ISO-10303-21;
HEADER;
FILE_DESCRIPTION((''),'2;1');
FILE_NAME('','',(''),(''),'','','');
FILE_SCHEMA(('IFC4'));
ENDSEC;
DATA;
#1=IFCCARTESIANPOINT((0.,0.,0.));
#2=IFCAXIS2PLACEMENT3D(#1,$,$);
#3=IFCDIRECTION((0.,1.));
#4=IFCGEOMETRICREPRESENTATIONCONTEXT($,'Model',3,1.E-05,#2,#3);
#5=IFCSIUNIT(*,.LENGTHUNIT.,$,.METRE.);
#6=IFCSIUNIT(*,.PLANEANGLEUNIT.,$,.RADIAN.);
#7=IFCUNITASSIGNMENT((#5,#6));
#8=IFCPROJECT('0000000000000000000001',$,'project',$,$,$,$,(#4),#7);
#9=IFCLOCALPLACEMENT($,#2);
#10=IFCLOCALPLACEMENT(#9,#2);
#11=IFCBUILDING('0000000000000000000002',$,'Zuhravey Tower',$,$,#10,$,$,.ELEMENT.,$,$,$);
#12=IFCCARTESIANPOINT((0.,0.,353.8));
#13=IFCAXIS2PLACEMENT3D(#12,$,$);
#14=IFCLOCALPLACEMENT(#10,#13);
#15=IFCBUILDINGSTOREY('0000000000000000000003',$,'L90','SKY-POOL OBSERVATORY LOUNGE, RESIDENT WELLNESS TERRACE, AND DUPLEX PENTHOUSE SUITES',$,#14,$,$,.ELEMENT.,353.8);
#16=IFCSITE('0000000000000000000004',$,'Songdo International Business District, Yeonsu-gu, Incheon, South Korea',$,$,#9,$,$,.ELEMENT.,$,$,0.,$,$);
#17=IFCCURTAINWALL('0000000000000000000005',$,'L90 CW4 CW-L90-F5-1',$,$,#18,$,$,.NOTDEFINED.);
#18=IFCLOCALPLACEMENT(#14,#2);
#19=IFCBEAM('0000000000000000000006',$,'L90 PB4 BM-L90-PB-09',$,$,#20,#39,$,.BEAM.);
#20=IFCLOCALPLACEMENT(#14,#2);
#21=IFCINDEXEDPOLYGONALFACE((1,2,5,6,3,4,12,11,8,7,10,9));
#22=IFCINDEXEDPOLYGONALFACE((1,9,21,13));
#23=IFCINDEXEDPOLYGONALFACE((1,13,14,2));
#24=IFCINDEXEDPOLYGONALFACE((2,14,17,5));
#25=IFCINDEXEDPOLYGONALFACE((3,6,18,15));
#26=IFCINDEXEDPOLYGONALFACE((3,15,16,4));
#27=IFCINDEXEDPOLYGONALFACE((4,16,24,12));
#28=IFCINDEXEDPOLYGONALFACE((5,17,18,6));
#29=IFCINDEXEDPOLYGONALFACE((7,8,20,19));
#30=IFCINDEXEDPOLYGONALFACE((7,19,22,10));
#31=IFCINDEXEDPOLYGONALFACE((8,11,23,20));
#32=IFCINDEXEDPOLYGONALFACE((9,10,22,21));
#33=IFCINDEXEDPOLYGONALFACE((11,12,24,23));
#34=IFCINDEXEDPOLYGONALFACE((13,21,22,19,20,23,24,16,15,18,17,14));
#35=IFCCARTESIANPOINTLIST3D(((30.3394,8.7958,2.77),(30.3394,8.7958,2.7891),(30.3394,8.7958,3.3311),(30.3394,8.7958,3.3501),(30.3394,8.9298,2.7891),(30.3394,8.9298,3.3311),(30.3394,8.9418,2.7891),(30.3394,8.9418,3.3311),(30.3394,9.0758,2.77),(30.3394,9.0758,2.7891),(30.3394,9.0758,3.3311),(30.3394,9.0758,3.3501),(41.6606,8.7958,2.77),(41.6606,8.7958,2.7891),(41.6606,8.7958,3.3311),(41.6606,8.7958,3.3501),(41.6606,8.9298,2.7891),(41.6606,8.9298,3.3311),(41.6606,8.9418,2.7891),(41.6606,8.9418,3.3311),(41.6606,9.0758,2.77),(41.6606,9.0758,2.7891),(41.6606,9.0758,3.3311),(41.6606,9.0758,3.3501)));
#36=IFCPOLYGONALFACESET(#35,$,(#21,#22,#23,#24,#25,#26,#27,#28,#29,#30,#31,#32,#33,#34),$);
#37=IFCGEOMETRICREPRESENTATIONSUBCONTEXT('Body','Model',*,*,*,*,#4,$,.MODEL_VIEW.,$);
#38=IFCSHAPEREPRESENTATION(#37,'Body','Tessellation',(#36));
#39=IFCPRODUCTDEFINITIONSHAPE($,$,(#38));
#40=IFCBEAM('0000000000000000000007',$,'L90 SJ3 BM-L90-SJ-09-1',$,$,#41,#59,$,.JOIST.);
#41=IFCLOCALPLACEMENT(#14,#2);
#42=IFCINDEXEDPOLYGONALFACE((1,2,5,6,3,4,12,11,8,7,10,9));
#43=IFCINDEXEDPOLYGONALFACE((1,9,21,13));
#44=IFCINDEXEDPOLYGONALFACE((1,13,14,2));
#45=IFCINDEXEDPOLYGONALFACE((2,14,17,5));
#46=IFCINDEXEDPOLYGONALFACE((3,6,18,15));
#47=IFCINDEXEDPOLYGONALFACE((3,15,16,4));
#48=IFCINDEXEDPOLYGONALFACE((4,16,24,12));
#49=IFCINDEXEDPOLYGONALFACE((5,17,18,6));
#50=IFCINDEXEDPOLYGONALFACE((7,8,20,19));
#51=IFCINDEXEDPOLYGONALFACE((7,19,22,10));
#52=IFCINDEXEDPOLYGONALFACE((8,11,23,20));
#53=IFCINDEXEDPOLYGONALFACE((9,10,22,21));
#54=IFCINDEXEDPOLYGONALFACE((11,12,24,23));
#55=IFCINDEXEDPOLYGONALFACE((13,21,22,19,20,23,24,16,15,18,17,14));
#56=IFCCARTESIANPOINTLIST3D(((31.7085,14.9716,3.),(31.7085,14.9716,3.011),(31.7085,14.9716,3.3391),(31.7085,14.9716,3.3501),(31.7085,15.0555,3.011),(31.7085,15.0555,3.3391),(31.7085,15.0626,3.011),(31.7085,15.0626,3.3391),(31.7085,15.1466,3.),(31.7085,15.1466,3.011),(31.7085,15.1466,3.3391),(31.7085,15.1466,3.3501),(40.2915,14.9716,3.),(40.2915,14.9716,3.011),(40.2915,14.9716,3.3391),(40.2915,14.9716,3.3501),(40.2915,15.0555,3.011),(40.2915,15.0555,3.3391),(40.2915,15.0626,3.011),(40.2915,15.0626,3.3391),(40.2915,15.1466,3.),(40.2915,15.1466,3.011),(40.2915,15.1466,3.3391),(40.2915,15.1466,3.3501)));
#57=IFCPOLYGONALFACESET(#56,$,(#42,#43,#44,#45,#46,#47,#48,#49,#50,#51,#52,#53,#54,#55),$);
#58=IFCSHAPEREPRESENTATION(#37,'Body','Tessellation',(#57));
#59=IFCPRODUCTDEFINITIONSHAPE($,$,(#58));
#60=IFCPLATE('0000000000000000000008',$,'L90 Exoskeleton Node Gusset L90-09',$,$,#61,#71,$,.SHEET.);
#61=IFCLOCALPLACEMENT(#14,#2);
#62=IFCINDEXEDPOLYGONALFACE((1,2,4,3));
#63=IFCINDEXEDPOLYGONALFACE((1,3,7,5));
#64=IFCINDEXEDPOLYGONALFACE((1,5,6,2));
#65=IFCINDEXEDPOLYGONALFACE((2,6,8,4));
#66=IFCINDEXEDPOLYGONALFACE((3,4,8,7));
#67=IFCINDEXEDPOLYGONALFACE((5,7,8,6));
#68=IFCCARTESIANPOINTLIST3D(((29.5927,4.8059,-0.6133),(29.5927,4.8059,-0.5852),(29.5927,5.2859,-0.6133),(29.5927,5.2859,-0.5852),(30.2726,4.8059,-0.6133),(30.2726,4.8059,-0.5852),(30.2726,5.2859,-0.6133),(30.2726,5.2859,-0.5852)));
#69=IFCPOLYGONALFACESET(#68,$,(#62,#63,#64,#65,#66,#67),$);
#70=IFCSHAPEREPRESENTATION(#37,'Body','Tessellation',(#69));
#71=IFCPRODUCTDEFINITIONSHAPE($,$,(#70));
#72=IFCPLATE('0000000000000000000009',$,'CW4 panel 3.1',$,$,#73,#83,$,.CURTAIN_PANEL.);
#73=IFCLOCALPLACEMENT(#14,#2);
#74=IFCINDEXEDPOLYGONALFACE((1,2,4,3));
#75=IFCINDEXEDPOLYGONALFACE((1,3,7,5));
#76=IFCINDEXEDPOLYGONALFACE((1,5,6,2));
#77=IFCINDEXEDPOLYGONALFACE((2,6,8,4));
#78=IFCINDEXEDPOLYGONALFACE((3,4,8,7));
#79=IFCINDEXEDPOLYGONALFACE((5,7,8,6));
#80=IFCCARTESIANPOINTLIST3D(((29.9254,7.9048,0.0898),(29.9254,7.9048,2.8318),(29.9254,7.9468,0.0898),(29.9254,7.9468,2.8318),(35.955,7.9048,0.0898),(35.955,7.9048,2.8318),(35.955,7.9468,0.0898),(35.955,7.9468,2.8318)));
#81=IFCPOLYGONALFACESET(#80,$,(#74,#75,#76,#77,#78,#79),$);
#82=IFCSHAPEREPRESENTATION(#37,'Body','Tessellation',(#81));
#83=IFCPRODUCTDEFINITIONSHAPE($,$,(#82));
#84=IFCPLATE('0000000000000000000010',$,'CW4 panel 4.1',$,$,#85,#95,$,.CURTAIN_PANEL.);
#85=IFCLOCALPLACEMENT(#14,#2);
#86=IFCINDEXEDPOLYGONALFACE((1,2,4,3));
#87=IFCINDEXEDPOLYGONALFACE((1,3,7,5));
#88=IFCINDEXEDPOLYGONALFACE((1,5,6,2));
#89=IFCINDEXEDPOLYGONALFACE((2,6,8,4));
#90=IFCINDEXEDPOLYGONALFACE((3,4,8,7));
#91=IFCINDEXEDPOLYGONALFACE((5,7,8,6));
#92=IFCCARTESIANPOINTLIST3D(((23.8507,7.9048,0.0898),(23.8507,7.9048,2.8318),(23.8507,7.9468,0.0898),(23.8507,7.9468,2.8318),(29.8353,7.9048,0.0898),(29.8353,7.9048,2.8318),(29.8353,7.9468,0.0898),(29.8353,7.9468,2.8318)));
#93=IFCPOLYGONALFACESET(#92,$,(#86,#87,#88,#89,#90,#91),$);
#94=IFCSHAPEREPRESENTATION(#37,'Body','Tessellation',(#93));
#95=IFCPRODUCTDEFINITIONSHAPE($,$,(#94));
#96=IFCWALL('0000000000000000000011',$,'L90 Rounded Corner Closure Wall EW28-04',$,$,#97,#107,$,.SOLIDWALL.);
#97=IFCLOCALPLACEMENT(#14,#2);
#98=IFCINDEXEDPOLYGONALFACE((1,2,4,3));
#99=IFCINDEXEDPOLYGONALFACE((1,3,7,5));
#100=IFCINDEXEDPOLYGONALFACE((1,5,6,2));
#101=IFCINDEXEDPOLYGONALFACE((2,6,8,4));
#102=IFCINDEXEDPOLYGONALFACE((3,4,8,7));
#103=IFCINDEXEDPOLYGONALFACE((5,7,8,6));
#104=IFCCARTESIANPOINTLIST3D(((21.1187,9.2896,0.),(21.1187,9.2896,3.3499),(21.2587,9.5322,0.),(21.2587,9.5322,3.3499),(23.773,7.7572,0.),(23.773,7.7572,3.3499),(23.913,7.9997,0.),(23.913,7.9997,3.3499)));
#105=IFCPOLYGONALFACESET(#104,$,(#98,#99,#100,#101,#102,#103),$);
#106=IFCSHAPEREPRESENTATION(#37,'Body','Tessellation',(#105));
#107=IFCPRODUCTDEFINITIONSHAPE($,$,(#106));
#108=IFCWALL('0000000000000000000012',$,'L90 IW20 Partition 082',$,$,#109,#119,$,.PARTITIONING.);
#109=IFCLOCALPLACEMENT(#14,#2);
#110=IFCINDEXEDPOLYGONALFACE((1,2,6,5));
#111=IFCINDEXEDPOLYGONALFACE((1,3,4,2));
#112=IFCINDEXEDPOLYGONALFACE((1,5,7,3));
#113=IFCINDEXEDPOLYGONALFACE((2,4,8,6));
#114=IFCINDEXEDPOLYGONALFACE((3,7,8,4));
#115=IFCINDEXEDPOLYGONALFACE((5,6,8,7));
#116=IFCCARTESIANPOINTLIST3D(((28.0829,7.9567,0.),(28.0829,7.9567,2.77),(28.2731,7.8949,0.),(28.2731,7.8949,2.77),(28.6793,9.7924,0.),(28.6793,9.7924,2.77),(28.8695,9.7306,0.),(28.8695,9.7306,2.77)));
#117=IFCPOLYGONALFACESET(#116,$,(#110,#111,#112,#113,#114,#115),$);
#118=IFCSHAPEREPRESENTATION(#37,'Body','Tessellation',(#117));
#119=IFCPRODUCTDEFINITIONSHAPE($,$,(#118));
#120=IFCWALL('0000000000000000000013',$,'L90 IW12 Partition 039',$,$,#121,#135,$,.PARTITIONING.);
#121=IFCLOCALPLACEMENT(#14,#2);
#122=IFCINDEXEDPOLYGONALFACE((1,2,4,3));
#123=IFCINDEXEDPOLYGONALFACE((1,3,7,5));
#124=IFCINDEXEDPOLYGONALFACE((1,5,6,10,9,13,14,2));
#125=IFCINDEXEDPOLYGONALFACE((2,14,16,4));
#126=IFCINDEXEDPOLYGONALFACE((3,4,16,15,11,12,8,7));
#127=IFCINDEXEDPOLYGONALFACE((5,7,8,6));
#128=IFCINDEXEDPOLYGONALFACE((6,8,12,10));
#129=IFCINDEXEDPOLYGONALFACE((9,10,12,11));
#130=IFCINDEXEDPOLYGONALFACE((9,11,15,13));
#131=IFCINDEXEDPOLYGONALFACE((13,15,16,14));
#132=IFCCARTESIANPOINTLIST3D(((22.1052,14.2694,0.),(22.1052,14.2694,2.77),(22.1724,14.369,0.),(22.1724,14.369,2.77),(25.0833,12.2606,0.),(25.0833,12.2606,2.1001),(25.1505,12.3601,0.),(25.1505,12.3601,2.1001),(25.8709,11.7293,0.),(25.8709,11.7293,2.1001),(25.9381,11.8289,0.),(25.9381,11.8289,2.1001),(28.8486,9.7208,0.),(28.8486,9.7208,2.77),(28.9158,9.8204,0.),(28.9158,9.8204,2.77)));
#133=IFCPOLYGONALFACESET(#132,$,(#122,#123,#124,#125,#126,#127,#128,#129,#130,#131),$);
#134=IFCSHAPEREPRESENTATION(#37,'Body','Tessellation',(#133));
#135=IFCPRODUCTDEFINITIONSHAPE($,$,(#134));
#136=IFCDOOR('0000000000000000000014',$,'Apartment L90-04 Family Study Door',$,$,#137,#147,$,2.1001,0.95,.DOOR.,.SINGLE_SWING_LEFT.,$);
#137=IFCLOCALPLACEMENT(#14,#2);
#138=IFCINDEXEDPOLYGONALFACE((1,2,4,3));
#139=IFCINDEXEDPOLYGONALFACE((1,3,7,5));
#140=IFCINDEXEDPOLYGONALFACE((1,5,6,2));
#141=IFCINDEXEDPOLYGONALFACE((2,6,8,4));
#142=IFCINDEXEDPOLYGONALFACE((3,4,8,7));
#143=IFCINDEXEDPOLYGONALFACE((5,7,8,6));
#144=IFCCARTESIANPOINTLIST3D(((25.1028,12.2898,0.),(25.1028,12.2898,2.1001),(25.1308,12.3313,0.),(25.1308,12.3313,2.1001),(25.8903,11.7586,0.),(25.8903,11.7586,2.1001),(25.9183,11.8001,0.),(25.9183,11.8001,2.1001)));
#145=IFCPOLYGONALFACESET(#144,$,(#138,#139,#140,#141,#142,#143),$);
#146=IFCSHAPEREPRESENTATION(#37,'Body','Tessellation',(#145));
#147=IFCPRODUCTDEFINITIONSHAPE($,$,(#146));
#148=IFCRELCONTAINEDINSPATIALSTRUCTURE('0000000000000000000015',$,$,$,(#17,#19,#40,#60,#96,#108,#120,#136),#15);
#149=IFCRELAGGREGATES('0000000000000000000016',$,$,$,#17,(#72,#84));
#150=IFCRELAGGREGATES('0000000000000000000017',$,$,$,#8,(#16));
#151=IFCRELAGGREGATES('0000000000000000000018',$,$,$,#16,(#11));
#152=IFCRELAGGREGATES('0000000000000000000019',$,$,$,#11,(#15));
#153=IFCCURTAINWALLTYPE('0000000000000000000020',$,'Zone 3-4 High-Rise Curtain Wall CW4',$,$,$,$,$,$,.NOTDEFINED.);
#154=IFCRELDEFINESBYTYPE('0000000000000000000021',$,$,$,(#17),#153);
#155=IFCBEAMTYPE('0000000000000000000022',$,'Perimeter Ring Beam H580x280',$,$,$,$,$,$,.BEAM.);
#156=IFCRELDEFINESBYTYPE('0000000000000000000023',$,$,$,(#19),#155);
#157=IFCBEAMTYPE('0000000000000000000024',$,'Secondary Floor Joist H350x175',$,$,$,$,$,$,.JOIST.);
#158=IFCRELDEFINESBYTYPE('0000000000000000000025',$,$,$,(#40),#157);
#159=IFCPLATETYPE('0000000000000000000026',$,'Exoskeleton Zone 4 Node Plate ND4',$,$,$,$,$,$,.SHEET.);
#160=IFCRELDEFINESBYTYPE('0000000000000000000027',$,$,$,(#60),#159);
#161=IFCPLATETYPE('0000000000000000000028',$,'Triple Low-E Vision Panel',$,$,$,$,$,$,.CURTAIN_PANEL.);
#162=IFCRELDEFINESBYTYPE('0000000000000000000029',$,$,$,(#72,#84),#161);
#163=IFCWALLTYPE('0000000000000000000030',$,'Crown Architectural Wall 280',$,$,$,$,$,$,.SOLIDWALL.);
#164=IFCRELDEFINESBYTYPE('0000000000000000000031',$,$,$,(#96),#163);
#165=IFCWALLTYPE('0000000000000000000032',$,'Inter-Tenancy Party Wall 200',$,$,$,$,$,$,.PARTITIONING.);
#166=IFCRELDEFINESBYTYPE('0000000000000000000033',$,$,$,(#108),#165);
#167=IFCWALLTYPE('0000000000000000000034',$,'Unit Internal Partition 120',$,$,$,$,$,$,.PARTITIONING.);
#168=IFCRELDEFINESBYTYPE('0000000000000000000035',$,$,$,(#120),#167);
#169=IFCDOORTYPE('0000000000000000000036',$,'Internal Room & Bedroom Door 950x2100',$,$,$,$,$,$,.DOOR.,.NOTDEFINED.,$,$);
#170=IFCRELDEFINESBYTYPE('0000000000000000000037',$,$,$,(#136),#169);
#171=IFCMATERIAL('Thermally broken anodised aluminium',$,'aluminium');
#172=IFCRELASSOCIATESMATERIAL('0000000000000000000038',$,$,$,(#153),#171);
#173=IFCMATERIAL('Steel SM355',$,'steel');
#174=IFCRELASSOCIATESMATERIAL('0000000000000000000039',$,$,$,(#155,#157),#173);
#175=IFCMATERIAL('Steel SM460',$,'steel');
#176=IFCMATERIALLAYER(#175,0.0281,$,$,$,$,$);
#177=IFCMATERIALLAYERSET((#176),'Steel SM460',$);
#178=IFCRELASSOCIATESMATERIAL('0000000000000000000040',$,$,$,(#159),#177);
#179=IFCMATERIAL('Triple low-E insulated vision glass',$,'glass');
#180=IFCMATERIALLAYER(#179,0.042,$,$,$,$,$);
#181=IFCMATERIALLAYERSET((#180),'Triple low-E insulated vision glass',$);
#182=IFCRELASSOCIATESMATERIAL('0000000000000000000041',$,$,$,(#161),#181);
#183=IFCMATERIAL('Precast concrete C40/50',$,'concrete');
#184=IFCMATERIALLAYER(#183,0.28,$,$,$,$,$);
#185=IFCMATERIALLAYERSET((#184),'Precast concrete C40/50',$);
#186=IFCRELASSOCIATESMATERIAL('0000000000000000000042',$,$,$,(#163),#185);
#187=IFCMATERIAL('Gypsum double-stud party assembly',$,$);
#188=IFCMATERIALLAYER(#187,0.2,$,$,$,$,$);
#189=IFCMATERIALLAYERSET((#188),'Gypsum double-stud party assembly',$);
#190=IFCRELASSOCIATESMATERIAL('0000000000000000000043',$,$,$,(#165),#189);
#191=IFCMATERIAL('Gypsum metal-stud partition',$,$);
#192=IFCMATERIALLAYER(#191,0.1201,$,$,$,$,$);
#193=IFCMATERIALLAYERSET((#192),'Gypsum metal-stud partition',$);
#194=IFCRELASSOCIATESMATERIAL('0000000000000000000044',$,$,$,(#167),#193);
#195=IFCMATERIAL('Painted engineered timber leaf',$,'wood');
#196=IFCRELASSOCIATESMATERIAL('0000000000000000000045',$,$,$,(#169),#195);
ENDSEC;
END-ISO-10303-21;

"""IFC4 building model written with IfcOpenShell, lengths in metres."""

from ifc_helpers import new_model, si_unit, direction, frame, frame_2d, origin, origin_2d, place, context, subcontext, project, spatial, rectangle, i_section, extrude, material, layer, layer_set, material_profile, profile_set, type_object, element, fill, aggregate, save


model = new_model("IFC4")

# Units and contexts
model_context = context("Model", 3, precision=1e-05, world=origin(), true_north=direction((0.0, 1.0)))
body_context = subcontext(model_context, "Body", "Model", "MODEL_VIEW")
ifc_project = project(units=[si_unit("LENGTHUNIT", "METRE"), si_unit("PLANEANGLEUNIT", "RADIAN")], contexts=[model_context])

# Site, building, storey
site_placement = place(None, origin())
site = spatial("IfcSite", under=ifc_project, at=site_placement, Name="Songdo International Business District, Yeonsu-gu, Incheon, South Korea", CompositionType="ELEMENT", RefElevation=0.0)
building_placement = place(site_placement, origin())
building = spatial("IfcBuilding", under=site, at=building_placement, Name="Zuhravey Tower", CompositionType="ELEMENT")
storey_placement = place(building_placement, frame((0.0, 0.0, 353.8)))
storey = spatial("IfcBuildingStorey", under=building, at=storey_placement, Name="L90", Description="SKY-POOL OBSERVATORY LOUNGE, RESIDENT WELLNESS TERRACE, AND DUPLEX PENTHOUSE SUITES", CompositionType="ELEMENT", Elevation=353.8)

# Curtain wall
ifc_material_1 = material(Name="Thermally broken anodised aluminium", Category="aluminium")
curtain_wall_type = type_object("IfcCurtainWallType", Name="Zone 3-4 High-Rise Curtain Wall CW4", PredefinedType="NOTDEFINED", material=ifc_material_1)
curtain_wall_1_placement = place(storey_placement, origin())
curtain_wall_1 = element("IfcCurtainWall", 1, at=curtain_wall_1_placement, inside=storey, type_object=curtain_wall_type, Name="L90 CW4 CW-L90-F5-1", PredefinedType="NOTDEFINED")

# Shared definitions
ifc_material_2 = material(Name="Steel SM460", Category="steel")

# Shared definitions
ifc_material_3 = material(Name="Steel SM355", Category="steel")

# Beams
ifc_material_profile_1 = material_profile(ifc_material_3, i_section(OverallWidth=0.28, OverallDepth=0.5801, WebThickness=0.012, FlangeThickness=0.019, at=origin_2d()), Name="H-580x280x12x19")
ifc_profile_set_1 = profile_set([ifc_material_profile_1], Name="Steel SM355")
beam_type_1 = type_object("IfcBeamType", Name="Perimeter Ring Beam H580x280", PredefinedType="BEAM", material=ifc_profile_set_1)
beam_1_placement = place(storey_placement, frame((30.3394, 8.9358, 3.0601), z_axis=(1.0, 0.0, 0.0), x_axis=(0.0, 1.0, 0.0)))
element("IfcBeam", 2, at=beam_1_placement, inside=storey, type_object=beam_type_1, Name="L90 PB4 BM-L90-PB-09", PredefinedType="BEAM", context=body_context, shape_type="SweptSolid", body=[
    extrude(i_section(OverallWidth=0.28, OverallDepth=0.5801, WebThickness=0.012, FlangeThickness=0.019, at=origin_2d()), origin(), (0.0, 0.0, 1.0), 11.3213),
])
ifc_material_profile_2 = material_profile(ifc_material_3, i_section(OverallWidth=0.175, OverallDepth=0.3501, WebThickness=0.0071, FlangeThickness=0.011, at=origin_2d()), Name="H-350x175x7x11")
ifc_profile_set_2 = profile_set([ifc_material_profile_2], Name="Steel SM355")
beam_type_2 = type_object("IfcBeamType", Name="Secondary Floor Joist H350x175", PredefinedType="JOIST", material=ifc_profile_set_2)
beam_2_placement = place(storey_placement, frame((31.7085, 15.0591, 3.175), z_axis=(1.0, 0.0, 0.0), x_axis=(0.0, 1.0, 0.0)))
element("IfcBeam", 3, at=beam_2_placement, inside=storey, type_object=beam_type_2, Name="L90 SJ3 BM-L90-SJ-09-1", PredefinedType="JOIST", context=body_context, shape_type="SweptSolid", body=[
    extrude(i_section(OverallWidth=0.175, OverallDepth=0.3501, WebThickness=0.0071, FlangeThickness=0.011, at=origin_2d()), origin(), (0.0, 0.0, 1.0), 8.583),
])

# Plates
ifc_layer_1 = layer(ifc_material_2, 0.0281)
ifc_layer_set_1 = layer_set([ifc_layer_1], Name="Steel SM460")
plate_type_1 = type_object("IfcPlateType", Name="Exoskeleton Zone 4 Node Plate ND4", PredefinedType="SHEET", material=ifc_layer_set_1)
plate_1_placement = place(storey_placement, frame((29.9326, 5.0459, -0.6133), z_axis=(0.0, 0.0, 1.0), x_axis=(1.0, 0.0, 0.0)))
element("IfcPlate", 4, at=plate_1_placement, inside=storey, type_object=plate_type_1, Name="L90 Exoskeleton Node Gusset L90-09", PredefinedType="SHEET", context=body_context, shape_type="SweptSolid", body=[
    extrude(rectangle(XDim=0.6799, YDim=0.48, at=origin_2d()), origin(), (0.0, 0.0, 1.0), 0.0281),
])
ifc_material_4 = material(Name="Triple low-E insulated vision glass", Category="glass")
ifc_layer_2 = layer(ifc_material_4, 0.042)
ifc_layer_set_2 = layer_set([ifc_layer_2], Name="Triple low-E insulated vision glass")
plate_type_2 = type_object("IfcPlateType", Name="Triple Low-E Vision Panel", PredefinedType="CURTAIN_PANEL", material=ifc_layer_set_2)
plate_2_placement = place(storey_placement, frame((32.9402, 7.9258, 0.0898), z_axis=(0.0, 0.0, 1.0), x_axis=(-1.0, 0.0, 0.0)))
plate_2 = element("IfcPlate", 5, at=plate_2_placement, type_object=plate_type_2, Name="CW4 panel 3.1", PredefinedType="CURTAIN_PANEL", context=body_context, shape_type="SweptSolid", body=[
    extrude(rectangle(XDim=6.0295, YDim=0.042, at=origin_2d()), origin(), (0.0, 0.0, 1.0), 2.7419),
])
plate_3_placement = place(storey_placement, frame((26.843, 7.9258, 0.0898), z_axis=(0.0, 0.0, 1.0), x_axis=(-1.0, 0.0, 0.0)))
plate_3 = element("IfcPlate", 6, at=plate_3_placement, type_object=plate_type_2, Name="CW4 panel 4.1", PredefinedType="CURTAIN_PANEL", context=body_context, shape_type="SweptSolid", body=[
    extrude(rectangle(XDim=5.9846, YDim=0.042, at=origin_2d()), origin(), (0.0, 0.0, 1.0), 2.7419),
])
aggregate(curtain_wall_1, [plate_2, plate_3])

# Walls
ifc_material_5 = material(Name="Precast concrete C40/50", Category="concrete")
ifc_layer_3 = layer(ifc_material_5, 0.28)
ifc_layer_set_3 = layer_set([ifc_layer_3], Name="Precast concrete C40/50")
wall_type_1 = type_object("IfcWallType", Name="Crown Architectural Wall 280", PredefinedType="SOLIDWALL", material=ifc_layer_set_3)
wall_1_placement = place(storey_placement, frame((23.843, 7.8784, 0.0), z_axis=(0.0, 0.0, 1.0), x_axis=(-0.866024, 0.500003, 0.0)))
element("IfcWall", 7, at=wall_1_placement, inside=storey, type_object=wall_type_1, Name="L90 Rounded Corner Closure Wall EW28-04", PredefinedType="SOLIDWALL", context=body_context, shape_type="SweptSolid", body=[
    extrude(rectangle(XDim=3.0649, YDim=0.28, at=frame_2d((1.5325, 0.0))), origin(), (0.0, 0.0, 1.0), 3.3499),
])
ifc_material_6 = material(Name="Gypsum double-stud party assembly")
ifc_layer_4 = layer(ifc_material_6, 0.2)
ifc_layer_set_4 = layer_set([ifc_layer_4], Name="Gypsum double-stud party assembly")
wall_type_2 = type_object("IfcWallType", Name="Inter-Tenancy Party Wall 200", PredefinedType="PARTITIONING", material=ifc_layer_set_4)
wall_2_placement = place(storey_placement, frame((28.7744, 9.7615, 0.0), z_axis=(0.0, 0.0, 1.0), x_axis=(-0.309009, -0.951059, 0.0)))
element("IfcWall", 8, at=wall_2_placement, inside=storey, type_object=wall_type_2, Name="L90 IW20 Partition 082", PredefinedType="PARTITIONING", context=body_context, shape_type="SweptSolid", body=[
    extrude(rectangle(XDim=1.9302, YDim=0.2, at=frame_2d((0.9651, 0.0))), origin(), (0.0, 0.0, 1.0), 2.77),
])

# Wall, opening, door
ifc_material_7 = material(Name="Gypsum metal-stud partition")
ifc_layer_5 = layer(ifc_material_7, 0.1201)
ifc_layer_set_5 = layer_set([ifc_layer_5], Name="Gypsum metal-stud partition")
wall_type_3 = type_object("IfcWallType", Name="Unit Internal Partition 120", PredefinedType="PARTITIONING", material=ifc_layer_set_5)
wall_3_placement = place(storey_placement, frame((22.1389, 14.3191, 0.0), z_axis=(0.0, 0.0, 1.0), x_axis=(0.829032, -0.559201, 0.0)))
wall_3 = element("IfcWall", 9, at=wall_3_placement, inside=storey, type_object=wall_type_3, Name="L90 IW12 Partition 039", PredefinedType="PARTITIONING", context=body_context, shape_type="SweptSolid", body=[
    extrude(rectangle(XDim=8.134, YDim=0.1201, at=frame_2d((4.0669, 0.0))), origin(), (0.0, 0.0, 1.0), 2.77),
])
opening_1_placement = place(wall_3_placement, frame((3.592, 0.0, 0.0)))
opening_1 = element("IfcOpeningElement", 10, at=opening_1_placement, cuts=wall_3, PredefinedType="OPENING", context=body_context, shape_type="SweptSolid", body=[
    extrude(rectangle(XDim=0.95, YDim=2.1001, at=frame_2d((0.4751, 1.05))), frame((0.0, 0.072, 0.0), z_axis=(0.0, -1.0, 0.0), x_axis=(1.0, 0.0, 0.0)), (0.0, 0.0, 1.0), 0.144),
])
ifc_material_8 = material(Name="Painted engineered timber leaf", Category="wood")
door_type = type_object("IfcDoorType", Name="Internal Room & Bedroom Door 950x2100", OperationType="NOTDEFINED", PredefinedType="DOOR", material=ifc_material_8)
door_1_placement = place(opening_1_placement, frame((0.95, 0.0, 0.0), z_axis=(0.0, 0.0, 1.0), x_axis=(-1.0, 0.0, 0.0)))
door_1 = element("IfcDoor", 11, at=door_1_placement, inside=storey, type_object=door_type, Name="Apartment L90-04 Family Study Door", OperationType="SINGLE_SWING_LEFT", OverallHeight=2.1001, OverallWidth=0.95, PredefinedType="DOOR", context=body_context, shape_type="SweptSolid", body=[
    extrude(rectangle(XDim=0.95, YDim=2.1001, at=frame_2d((0.4751, 1.05))), frame((0.0, 0.0249, 0.0), z_axis=(0.0, -1.0, 0.0), x_axis=(1.0, 0.0, 0.0)), (0.0, 0.0, 1.0), 0.05),
])
fill(opening_1, door_1)

save(model, "model.ifc")
